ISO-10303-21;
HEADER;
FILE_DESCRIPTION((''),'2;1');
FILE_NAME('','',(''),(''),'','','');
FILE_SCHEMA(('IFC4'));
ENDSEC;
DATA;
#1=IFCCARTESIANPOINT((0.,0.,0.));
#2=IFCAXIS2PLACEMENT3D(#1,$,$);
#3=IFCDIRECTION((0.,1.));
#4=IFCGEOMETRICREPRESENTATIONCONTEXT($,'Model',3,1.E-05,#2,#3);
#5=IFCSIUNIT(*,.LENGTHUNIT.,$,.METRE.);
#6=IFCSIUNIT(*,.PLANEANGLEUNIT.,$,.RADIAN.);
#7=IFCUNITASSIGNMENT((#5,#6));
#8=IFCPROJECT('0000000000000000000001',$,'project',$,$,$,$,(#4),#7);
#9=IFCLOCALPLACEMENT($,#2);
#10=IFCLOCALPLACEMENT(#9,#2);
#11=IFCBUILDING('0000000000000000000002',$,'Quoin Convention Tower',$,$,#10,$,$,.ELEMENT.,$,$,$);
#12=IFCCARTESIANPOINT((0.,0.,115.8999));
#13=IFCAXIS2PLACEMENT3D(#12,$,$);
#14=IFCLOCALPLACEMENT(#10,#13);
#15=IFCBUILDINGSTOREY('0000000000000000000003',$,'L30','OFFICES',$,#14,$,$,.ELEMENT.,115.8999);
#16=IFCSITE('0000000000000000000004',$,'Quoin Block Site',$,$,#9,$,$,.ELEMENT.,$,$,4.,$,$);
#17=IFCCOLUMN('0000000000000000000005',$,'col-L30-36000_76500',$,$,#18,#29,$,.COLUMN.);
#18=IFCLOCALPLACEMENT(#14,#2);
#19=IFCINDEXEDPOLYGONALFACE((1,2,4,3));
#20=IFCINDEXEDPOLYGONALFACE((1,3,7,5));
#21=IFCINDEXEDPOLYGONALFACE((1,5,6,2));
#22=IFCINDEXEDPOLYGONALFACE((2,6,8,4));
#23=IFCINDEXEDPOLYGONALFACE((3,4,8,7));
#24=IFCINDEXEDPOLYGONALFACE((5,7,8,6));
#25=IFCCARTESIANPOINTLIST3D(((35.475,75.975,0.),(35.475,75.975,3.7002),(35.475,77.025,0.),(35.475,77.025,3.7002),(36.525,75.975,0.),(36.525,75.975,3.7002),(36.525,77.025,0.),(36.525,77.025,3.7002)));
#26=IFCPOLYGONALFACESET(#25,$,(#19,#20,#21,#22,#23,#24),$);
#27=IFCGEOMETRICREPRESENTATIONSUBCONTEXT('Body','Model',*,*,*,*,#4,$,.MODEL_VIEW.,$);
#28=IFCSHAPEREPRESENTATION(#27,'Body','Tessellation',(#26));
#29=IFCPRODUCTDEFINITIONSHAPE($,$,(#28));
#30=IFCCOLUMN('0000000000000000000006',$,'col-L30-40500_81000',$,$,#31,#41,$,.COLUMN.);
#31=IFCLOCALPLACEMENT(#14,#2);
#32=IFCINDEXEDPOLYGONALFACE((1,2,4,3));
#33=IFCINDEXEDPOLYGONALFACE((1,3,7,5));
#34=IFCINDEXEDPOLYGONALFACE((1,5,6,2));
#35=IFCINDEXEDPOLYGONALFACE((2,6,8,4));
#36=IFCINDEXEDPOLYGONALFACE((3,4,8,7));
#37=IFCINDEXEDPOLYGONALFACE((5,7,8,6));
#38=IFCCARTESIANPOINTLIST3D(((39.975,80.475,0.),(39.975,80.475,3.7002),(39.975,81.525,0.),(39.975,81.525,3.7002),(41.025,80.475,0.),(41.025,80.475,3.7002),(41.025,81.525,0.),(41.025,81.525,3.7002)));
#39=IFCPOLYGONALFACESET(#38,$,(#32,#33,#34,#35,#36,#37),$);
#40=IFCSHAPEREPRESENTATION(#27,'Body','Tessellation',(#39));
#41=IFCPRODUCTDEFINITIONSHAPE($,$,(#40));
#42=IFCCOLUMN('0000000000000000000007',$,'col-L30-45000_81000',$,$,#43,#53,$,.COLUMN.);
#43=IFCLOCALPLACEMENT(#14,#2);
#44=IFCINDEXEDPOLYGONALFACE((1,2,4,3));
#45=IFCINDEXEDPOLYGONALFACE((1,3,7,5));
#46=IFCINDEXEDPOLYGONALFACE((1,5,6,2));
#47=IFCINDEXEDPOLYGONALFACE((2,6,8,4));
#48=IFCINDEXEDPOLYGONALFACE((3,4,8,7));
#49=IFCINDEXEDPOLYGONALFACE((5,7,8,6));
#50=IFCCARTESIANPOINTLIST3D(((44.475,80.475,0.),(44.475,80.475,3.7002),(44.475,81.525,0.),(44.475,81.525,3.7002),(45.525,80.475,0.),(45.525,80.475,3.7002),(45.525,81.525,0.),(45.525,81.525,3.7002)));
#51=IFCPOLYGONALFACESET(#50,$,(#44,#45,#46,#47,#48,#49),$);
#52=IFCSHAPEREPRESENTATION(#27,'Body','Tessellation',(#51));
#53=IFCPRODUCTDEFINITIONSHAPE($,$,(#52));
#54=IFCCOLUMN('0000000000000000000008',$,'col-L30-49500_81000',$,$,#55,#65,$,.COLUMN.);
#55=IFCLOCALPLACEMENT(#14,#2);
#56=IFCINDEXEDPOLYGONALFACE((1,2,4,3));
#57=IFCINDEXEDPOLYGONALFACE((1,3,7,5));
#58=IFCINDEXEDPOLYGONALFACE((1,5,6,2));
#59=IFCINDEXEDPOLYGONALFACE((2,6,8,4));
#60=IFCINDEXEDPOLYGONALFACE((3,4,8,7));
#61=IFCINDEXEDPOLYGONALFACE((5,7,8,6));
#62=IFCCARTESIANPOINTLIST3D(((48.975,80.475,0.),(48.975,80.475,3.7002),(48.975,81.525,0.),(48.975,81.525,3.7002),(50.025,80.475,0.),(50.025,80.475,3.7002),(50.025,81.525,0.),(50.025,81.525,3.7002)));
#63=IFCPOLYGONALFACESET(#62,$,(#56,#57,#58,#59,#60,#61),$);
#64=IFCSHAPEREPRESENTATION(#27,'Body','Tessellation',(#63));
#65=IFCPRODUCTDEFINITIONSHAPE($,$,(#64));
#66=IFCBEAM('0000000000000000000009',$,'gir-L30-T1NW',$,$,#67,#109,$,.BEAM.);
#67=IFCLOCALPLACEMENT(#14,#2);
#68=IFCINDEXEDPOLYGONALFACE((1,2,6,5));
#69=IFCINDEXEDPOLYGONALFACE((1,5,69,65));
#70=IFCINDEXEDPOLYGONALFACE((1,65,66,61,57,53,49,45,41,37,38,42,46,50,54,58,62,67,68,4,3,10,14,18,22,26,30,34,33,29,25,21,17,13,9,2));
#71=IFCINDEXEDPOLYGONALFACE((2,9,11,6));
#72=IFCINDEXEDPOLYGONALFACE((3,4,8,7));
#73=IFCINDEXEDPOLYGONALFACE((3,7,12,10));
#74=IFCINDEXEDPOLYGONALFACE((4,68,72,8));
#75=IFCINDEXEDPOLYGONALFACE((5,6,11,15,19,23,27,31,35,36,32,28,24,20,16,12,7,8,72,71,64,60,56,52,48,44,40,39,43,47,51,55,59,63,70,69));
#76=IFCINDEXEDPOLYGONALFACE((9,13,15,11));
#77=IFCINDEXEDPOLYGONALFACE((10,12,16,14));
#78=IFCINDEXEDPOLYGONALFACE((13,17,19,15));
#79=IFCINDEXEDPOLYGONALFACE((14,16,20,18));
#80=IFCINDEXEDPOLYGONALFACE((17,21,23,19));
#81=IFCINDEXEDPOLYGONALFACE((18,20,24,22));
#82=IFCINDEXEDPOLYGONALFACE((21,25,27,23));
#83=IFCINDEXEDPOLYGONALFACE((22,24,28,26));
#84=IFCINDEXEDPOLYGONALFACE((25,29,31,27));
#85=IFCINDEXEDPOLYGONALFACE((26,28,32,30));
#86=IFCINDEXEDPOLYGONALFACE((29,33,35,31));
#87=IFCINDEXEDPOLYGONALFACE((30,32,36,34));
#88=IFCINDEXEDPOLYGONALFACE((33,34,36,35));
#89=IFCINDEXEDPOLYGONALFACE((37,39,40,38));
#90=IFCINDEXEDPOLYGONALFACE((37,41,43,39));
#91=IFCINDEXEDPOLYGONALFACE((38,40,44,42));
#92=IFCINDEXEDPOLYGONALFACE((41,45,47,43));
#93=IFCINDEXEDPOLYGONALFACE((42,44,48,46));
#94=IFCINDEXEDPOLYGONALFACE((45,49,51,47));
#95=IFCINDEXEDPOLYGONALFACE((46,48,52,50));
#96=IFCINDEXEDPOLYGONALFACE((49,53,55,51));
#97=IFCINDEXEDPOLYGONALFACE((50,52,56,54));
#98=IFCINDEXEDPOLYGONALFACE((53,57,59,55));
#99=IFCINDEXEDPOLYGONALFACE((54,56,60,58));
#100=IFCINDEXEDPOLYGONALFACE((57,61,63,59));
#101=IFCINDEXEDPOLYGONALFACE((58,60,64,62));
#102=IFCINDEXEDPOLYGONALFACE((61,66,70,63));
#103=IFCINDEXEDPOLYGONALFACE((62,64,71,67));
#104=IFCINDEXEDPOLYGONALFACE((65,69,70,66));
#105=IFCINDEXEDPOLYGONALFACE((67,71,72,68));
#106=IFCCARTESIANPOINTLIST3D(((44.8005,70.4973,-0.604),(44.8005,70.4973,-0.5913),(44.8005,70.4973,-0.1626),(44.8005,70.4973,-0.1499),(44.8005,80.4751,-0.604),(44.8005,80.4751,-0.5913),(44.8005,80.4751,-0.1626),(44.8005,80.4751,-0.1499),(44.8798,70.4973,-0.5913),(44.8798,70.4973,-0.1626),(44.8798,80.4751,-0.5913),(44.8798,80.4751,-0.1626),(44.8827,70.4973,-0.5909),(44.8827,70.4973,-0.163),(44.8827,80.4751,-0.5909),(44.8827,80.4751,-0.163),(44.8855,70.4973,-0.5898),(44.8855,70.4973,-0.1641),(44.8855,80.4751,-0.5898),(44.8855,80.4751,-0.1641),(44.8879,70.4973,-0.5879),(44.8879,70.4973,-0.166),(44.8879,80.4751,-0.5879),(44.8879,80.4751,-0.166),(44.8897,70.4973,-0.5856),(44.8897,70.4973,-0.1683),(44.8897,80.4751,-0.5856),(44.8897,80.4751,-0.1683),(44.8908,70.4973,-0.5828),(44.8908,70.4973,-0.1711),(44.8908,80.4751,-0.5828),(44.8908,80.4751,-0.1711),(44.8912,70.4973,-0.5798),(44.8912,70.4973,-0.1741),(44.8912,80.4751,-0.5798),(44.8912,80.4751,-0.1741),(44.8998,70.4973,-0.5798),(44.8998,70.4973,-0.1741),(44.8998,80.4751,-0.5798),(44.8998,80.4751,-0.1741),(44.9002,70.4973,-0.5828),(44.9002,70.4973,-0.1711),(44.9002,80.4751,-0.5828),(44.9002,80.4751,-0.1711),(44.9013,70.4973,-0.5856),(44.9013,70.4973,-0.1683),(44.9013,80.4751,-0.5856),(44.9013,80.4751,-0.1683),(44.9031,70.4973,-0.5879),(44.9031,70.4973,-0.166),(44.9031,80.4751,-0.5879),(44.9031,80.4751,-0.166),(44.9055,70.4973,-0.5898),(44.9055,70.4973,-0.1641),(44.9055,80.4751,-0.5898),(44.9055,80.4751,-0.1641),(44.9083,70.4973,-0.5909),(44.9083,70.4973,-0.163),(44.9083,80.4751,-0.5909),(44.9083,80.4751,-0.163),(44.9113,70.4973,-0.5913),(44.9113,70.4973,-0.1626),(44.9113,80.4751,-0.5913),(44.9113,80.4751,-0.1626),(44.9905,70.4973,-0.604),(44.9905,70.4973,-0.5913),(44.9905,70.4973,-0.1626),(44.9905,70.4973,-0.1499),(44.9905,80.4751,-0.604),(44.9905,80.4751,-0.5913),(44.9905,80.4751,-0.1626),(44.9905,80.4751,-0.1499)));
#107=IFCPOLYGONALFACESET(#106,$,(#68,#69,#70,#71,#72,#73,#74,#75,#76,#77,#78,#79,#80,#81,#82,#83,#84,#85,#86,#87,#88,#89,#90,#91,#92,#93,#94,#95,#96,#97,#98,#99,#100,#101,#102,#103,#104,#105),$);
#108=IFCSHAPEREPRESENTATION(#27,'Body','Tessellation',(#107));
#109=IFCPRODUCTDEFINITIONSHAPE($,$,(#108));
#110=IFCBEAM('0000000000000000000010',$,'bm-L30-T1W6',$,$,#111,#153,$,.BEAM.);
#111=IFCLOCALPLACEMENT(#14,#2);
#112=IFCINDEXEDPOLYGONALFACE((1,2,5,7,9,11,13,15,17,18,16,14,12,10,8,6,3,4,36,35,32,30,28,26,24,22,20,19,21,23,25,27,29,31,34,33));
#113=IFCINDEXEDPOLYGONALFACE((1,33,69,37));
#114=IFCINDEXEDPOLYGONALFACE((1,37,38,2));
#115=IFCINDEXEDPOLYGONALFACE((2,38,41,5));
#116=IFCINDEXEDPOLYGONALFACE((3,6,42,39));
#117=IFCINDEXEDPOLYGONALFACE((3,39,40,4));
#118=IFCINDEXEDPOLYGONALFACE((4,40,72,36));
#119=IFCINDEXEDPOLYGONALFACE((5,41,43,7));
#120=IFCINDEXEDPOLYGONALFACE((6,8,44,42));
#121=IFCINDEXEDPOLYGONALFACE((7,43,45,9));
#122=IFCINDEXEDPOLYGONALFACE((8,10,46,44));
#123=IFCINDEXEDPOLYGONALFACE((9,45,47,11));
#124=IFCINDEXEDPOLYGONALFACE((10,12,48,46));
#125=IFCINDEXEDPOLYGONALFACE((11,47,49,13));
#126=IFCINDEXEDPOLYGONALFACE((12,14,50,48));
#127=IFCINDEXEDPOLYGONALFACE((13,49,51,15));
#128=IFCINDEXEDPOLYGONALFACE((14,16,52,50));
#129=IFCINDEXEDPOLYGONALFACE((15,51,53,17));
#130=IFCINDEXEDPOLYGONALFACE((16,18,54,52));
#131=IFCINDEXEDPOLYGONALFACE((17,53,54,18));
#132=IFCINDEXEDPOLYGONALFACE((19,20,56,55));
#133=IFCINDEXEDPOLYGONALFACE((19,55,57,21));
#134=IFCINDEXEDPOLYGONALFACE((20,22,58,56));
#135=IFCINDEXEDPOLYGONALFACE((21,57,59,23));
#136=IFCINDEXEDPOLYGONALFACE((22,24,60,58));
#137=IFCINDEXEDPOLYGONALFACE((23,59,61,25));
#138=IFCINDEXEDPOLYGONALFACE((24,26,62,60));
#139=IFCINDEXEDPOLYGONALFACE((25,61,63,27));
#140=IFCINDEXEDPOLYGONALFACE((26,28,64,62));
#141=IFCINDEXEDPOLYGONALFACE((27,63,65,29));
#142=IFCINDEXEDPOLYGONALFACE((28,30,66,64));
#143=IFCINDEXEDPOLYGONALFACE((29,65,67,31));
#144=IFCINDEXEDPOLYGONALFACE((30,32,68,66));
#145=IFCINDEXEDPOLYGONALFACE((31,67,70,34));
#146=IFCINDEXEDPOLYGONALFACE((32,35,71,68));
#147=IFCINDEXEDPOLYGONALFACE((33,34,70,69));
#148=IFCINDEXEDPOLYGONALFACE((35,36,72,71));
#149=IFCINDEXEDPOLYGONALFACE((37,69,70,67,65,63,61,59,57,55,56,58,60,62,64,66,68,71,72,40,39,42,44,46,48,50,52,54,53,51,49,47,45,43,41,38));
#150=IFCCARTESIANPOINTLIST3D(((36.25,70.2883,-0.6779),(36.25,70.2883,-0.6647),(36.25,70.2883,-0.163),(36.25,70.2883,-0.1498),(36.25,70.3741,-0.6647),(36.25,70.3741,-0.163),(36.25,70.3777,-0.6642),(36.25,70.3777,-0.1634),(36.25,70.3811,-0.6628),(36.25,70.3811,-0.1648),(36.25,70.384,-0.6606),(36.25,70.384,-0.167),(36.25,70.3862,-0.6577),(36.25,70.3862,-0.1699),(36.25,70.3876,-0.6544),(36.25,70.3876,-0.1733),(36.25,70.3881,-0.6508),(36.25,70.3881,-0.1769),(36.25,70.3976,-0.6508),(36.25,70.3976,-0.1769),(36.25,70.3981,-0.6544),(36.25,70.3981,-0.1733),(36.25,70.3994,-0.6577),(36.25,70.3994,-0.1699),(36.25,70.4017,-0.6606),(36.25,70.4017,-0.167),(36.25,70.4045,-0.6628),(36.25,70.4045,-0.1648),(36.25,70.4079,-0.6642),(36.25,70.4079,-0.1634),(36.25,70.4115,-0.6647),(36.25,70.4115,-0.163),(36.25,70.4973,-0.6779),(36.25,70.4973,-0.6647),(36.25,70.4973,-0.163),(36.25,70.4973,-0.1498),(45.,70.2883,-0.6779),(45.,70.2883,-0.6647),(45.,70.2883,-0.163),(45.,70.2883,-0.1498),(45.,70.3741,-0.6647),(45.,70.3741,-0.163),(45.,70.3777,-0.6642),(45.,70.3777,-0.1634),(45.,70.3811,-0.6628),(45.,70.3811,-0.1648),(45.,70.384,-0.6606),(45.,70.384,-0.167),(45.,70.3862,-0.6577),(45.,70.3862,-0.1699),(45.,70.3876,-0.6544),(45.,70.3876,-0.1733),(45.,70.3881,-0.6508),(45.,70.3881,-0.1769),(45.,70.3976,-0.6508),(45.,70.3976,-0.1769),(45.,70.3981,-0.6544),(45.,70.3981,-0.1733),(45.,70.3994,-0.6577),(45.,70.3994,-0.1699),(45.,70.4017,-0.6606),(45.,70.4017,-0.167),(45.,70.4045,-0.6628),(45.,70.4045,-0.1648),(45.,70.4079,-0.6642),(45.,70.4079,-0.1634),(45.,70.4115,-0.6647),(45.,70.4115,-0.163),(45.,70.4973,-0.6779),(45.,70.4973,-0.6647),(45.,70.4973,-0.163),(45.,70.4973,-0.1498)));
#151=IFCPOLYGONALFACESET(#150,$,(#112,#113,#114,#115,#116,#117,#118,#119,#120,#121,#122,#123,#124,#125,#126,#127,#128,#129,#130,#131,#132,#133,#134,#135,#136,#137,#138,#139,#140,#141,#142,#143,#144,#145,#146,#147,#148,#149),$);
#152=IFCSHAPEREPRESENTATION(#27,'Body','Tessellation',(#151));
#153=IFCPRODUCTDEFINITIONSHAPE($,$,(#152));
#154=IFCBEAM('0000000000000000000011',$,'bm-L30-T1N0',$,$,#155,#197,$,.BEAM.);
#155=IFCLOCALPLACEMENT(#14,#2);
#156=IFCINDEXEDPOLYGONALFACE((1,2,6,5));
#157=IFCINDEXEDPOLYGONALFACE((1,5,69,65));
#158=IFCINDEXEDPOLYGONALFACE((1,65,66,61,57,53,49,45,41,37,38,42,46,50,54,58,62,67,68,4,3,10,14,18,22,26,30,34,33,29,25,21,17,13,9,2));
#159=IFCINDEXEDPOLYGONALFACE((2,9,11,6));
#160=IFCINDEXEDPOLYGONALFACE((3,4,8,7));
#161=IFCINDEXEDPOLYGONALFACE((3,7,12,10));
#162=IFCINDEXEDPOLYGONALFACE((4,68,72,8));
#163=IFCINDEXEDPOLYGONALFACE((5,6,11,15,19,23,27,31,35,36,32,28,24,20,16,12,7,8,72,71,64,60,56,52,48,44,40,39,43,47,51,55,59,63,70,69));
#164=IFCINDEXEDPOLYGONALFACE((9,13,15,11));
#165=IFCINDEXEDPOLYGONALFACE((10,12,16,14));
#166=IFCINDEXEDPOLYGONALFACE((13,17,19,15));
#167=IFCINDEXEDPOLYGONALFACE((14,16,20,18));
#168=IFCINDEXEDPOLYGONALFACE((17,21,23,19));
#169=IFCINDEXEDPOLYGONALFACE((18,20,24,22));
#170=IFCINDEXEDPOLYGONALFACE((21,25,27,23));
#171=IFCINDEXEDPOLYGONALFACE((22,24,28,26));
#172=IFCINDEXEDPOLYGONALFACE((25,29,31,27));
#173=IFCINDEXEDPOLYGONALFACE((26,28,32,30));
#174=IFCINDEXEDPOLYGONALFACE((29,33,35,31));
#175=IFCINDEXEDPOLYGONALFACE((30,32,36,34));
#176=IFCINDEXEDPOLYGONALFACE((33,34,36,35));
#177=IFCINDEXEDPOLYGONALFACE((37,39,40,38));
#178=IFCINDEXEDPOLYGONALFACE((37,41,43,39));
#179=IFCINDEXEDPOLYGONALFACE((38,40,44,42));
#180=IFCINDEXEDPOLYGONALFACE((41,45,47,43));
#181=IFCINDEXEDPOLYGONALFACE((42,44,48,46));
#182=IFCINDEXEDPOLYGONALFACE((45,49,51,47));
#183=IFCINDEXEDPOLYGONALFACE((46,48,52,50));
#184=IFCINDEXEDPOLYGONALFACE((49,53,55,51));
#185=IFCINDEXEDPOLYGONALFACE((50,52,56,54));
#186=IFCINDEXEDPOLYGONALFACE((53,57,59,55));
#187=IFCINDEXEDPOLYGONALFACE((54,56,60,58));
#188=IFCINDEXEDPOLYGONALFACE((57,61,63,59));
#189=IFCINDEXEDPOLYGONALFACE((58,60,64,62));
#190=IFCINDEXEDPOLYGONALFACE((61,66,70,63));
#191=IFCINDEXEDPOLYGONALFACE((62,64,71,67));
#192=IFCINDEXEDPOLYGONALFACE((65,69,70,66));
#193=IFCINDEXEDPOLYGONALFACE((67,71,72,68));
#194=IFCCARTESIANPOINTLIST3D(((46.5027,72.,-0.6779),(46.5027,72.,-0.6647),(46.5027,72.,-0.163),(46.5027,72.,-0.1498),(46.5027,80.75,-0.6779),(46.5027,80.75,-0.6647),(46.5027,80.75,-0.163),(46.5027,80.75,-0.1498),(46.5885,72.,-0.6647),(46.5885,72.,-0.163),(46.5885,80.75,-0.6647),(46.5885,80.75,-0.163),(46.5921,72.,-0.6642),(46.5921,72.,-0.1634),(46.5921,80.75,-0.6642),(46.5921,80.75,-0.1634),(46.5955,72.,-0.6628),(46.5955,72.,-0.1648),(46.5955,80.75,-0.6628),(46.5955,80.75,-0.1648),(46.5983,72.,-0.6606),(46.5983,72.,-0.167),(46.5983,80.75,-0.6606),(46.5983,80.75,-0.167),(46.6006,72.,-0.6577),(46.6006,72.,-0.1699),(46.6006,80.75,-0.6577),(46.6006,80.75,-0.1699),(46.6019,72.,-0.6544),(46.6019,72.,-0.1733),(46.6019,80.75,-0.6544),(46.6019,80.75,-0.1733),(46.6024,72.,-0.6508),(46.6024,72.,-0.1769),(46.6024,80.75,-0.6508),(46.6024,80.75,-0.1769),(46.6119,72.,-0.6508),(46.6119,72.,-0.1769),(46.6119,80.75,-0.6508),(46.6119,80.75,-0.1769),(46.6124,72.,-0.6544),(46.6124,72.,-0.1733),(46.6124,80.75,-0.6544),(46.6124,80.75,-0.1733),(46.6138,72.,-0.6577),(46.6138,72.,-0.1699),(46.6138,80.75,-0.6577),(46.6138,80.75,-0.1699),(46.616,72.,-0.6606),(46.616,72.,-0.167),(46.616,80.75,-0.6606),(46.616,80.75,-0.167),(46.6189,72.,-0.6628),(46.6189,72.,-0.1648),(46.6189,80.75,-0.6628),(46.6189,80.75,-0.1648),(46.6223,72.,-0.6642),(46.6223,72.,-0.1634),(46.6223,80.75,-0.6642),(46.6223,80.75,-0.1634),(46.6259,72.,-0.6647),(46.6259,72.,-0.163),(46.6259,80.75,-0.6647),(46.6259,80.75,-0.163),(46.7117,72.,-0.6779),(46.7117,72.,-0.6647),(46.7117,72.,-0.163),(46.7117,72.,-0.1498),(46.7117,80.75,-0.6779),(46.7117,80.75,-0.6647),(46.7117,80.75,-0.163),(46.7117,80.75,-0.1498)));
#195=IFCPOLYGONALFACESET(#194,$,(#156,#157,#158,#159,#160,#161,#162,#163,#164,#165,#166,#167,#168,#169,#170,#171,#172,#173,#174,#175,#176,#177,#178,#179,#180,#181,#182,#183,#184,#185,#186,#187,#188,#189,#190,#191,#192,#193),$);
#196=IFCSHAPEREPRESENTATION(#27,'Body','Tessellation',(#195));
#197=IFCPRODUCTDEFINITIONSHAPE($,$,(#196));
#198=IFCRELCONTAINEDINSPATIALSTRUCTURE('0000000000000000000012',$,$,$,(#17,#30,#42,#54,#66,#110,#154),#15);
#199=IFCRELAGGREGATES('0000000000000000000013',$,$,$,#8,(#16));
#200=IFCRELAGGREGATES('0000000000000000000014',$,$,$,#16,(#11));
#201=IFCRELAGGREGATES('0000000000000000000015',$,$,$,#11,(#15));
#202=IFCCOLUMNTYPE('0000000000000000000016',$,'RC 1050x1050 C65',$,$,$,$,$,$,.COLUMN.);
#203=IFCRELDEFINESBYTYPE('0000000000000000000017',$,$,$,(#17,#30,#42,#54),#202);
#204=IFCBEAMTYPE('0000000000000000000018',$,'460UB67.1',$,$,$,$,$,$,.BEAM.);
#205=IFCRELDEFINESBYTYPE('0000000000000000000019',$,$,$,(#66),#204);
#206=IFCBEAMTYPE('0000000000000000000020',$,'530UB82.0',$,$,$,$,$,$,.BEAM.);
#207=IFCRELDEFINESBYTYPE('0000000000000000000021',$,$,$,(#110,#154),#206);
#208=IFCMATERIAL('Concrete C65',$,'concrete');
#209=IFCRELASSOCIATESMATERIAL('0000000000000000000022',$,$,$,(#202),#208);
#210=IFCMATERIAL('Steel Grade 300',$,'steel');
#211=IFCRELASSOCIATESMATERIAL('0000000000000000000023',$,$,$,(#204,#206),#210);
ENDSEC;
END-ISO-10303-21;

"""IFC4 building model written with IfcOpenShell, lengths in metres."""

from ifc_helpers import new_model, si_unit, direction, frame, origin, origin_2d, place, context, subcontext, project, spatial, rectangle, i_section, extrude, material, material_profile, profile_set, type_object, element, save


model = new_model("IFC4")

# Units and contexts
model_context = context("Model", 3, precision=1e-05, world=origin(), true_north=direction((0.0, 1.0)))
body_context = subcontext(model_context, "Body", "Model", "MODEL_VIEW")
ifc_project = project(units=[si_unit("LENGTHUNIT", "METRE"), si_unit("PLANEANGLEUNIT", "RADIAN")], contexts=[model_context])

# Site, building, storey
site_placement = place(None, origin())
site = spatial("IfcSite", under=ifc_project, at=site_placement, Name="Quoin Block Site", CompositionType="ELEMENT", RefElevation=4.0)
building_placement = place(site_placement, origin())
building = spatial("IfcBuilding", under=site, at=building_placement, Name="Quoin Convention Tower", CompositionType="ELEMENT")
storey_placement = place(building_placement, frame((0.0, 0.0, 115.8999)))
storey = spatial("IfcBuildingStorey", under=building, at=storey_placement, Name="L30", Description="OFFICES", CompositionType="ELEMENT", Elevation=115.8999)

# Columns
ifc_material_1 = material(Name="Concrete C65", Category="concrete")
ifc_material_profile_1 = material_profile(ifc_material_1, rectangle(XDim=1.05, YDim=1.05, at=origin_2d()), Name="RC 1050x1050")
ifc_profile_set_1 = profile_set([ifc_material_profile_1], Name="Concrete C65")
column_type = type_object("IfcColumnType", Name="RC 1050x1050 C65", PredefinedType="COLUMN", material=ifc_profile_set_1)
for number, where, z_axis, x_axis, name in (
    (1, (36.0, 76.5, 0.0), (0.0, 0.0, 1.0), (1.0, 0.0, 0.0), "col-L30-36000_76500"),
    (2, (40.5, 81.0, 0.0), (0.0, 0.0, 1.0), (1.0, 0.0, 0.0), "col-L30-40500_81000"),
    (3, (45.0, 81.0, 0.0), (0.0, 0.0, 1.0), (1.0, 0.0, 0.0), "col-L30-45000_81000"),
    (4, (49.5, 81.0, 0.0), (0.0, 0.0, 1.0), (1.0, 0.0, 0.0), "col-L30-49500_81000"),
):
    element("IfcColumn", number, at=place(storey_placement, frame(where, z_axis=z_axis, x_axis=x_axis)), inside=storey, type_object=column_type, Name=name, PredefinedType="COLUMN", context=body_context, shape_type="SweptSolid", body=[
        extrude(rectangle(XDim=1.05, YDim=1.05, at=origin_2d()), origin(), (0.0, 0.0, 1.0), 3.7002),
    ])

# Beams
ifc_material_2 = material(Name="Steel Grade 300", Category="steel")
ifc_material_profile_2 = material_profile(ifc_material_2, i_section(OverallWidth=0.1899, OverallDepth=0.4541, WebThickness=0.0085, FlangeThickness=0.0127, FilletRadius=0.0115, at=origin_2d()), Name="460UB67.1")
ifc_profile_set_2 = profile_set([ifc_material_profile_2], Name="Steel Grade 300")
beam_type_1 = type_object("IfcBeamType", Name="460UB67.1", PredefinedType="BEAM", material=ifc_profile_set_2)
beam_1_placement = place(storey_placement, frame((44.8955, 80.4751, -0.377), z_axis=(0.0, -1.0, 0.0), x_axis=(1.0, 0.0, 0.0)))
element("IfcBeam", 5, at=beam_1_placement, inside=storey, type_object=beam_type_1, Name="gir-L30-T1NW", PredefinedType="BEAM", context=body_context, shape_type="SweptSolid", body=[
    extrude(i_section(OverallWidth=0.1899, OverallDepth=0.4541, WebThickness=0.0085, FlangeThickness=0.0127, FilletRadius=0.0115, at=origin_2d()), origin(), (0.0, 0.0, 1.0), 9.9778),
])
ifc_material_profile_3 = material_profile(ifc_material_2, i_section(OverallWidth=0.209, OverallDepth=0.5281, WebThickness=0.0095, FlangeThickness=0.0132, FilletRadius=0.0139, at=origin_2d()), Name="530UB82.0")
ifc_profile_set_3 = profile_set([ifc_material_profile_3], Name="Steel Grade 300")
beam_type_2 = type_object("IfcBeamType", Name="530UB82.0", PredefinedType="BEAM", material=ifc_profile_set_3)
for number, where, z_axis, x_axis, name in (
    (6, (36.25, 70.3928, -0.4138), (1.0, 0.0, 0.0), (0.0, 1.0, 0.0), "bm-L30-T1W6"),
    (7, (46.6072, 72.0, -0.4138), (0.0, 1.0, 0.0), (-1.0, 0.0, 0.0), "bm-L30-T1N0"),
):
    element("IfcBeam", number, at=place(storey_placement, frame(where, z_axis=z_axis, x_axis=x_axis)), inside=storey, type_object=beam_type_2, Name=name, PredefinedType="BEAM", context=body_context, shape_type="SweptSolid", body=[
        extrude(i_section(OverallWidth=0.209, OverallDepth=0.5281, WebThickness=0.0095, FlangeThickness=0.0132, FilletRadius=0.0139, at=origin_2d()), origin(), (0.0, 0.0, 1.0), 8.75),
    ])

save(model, "model.ifc")
